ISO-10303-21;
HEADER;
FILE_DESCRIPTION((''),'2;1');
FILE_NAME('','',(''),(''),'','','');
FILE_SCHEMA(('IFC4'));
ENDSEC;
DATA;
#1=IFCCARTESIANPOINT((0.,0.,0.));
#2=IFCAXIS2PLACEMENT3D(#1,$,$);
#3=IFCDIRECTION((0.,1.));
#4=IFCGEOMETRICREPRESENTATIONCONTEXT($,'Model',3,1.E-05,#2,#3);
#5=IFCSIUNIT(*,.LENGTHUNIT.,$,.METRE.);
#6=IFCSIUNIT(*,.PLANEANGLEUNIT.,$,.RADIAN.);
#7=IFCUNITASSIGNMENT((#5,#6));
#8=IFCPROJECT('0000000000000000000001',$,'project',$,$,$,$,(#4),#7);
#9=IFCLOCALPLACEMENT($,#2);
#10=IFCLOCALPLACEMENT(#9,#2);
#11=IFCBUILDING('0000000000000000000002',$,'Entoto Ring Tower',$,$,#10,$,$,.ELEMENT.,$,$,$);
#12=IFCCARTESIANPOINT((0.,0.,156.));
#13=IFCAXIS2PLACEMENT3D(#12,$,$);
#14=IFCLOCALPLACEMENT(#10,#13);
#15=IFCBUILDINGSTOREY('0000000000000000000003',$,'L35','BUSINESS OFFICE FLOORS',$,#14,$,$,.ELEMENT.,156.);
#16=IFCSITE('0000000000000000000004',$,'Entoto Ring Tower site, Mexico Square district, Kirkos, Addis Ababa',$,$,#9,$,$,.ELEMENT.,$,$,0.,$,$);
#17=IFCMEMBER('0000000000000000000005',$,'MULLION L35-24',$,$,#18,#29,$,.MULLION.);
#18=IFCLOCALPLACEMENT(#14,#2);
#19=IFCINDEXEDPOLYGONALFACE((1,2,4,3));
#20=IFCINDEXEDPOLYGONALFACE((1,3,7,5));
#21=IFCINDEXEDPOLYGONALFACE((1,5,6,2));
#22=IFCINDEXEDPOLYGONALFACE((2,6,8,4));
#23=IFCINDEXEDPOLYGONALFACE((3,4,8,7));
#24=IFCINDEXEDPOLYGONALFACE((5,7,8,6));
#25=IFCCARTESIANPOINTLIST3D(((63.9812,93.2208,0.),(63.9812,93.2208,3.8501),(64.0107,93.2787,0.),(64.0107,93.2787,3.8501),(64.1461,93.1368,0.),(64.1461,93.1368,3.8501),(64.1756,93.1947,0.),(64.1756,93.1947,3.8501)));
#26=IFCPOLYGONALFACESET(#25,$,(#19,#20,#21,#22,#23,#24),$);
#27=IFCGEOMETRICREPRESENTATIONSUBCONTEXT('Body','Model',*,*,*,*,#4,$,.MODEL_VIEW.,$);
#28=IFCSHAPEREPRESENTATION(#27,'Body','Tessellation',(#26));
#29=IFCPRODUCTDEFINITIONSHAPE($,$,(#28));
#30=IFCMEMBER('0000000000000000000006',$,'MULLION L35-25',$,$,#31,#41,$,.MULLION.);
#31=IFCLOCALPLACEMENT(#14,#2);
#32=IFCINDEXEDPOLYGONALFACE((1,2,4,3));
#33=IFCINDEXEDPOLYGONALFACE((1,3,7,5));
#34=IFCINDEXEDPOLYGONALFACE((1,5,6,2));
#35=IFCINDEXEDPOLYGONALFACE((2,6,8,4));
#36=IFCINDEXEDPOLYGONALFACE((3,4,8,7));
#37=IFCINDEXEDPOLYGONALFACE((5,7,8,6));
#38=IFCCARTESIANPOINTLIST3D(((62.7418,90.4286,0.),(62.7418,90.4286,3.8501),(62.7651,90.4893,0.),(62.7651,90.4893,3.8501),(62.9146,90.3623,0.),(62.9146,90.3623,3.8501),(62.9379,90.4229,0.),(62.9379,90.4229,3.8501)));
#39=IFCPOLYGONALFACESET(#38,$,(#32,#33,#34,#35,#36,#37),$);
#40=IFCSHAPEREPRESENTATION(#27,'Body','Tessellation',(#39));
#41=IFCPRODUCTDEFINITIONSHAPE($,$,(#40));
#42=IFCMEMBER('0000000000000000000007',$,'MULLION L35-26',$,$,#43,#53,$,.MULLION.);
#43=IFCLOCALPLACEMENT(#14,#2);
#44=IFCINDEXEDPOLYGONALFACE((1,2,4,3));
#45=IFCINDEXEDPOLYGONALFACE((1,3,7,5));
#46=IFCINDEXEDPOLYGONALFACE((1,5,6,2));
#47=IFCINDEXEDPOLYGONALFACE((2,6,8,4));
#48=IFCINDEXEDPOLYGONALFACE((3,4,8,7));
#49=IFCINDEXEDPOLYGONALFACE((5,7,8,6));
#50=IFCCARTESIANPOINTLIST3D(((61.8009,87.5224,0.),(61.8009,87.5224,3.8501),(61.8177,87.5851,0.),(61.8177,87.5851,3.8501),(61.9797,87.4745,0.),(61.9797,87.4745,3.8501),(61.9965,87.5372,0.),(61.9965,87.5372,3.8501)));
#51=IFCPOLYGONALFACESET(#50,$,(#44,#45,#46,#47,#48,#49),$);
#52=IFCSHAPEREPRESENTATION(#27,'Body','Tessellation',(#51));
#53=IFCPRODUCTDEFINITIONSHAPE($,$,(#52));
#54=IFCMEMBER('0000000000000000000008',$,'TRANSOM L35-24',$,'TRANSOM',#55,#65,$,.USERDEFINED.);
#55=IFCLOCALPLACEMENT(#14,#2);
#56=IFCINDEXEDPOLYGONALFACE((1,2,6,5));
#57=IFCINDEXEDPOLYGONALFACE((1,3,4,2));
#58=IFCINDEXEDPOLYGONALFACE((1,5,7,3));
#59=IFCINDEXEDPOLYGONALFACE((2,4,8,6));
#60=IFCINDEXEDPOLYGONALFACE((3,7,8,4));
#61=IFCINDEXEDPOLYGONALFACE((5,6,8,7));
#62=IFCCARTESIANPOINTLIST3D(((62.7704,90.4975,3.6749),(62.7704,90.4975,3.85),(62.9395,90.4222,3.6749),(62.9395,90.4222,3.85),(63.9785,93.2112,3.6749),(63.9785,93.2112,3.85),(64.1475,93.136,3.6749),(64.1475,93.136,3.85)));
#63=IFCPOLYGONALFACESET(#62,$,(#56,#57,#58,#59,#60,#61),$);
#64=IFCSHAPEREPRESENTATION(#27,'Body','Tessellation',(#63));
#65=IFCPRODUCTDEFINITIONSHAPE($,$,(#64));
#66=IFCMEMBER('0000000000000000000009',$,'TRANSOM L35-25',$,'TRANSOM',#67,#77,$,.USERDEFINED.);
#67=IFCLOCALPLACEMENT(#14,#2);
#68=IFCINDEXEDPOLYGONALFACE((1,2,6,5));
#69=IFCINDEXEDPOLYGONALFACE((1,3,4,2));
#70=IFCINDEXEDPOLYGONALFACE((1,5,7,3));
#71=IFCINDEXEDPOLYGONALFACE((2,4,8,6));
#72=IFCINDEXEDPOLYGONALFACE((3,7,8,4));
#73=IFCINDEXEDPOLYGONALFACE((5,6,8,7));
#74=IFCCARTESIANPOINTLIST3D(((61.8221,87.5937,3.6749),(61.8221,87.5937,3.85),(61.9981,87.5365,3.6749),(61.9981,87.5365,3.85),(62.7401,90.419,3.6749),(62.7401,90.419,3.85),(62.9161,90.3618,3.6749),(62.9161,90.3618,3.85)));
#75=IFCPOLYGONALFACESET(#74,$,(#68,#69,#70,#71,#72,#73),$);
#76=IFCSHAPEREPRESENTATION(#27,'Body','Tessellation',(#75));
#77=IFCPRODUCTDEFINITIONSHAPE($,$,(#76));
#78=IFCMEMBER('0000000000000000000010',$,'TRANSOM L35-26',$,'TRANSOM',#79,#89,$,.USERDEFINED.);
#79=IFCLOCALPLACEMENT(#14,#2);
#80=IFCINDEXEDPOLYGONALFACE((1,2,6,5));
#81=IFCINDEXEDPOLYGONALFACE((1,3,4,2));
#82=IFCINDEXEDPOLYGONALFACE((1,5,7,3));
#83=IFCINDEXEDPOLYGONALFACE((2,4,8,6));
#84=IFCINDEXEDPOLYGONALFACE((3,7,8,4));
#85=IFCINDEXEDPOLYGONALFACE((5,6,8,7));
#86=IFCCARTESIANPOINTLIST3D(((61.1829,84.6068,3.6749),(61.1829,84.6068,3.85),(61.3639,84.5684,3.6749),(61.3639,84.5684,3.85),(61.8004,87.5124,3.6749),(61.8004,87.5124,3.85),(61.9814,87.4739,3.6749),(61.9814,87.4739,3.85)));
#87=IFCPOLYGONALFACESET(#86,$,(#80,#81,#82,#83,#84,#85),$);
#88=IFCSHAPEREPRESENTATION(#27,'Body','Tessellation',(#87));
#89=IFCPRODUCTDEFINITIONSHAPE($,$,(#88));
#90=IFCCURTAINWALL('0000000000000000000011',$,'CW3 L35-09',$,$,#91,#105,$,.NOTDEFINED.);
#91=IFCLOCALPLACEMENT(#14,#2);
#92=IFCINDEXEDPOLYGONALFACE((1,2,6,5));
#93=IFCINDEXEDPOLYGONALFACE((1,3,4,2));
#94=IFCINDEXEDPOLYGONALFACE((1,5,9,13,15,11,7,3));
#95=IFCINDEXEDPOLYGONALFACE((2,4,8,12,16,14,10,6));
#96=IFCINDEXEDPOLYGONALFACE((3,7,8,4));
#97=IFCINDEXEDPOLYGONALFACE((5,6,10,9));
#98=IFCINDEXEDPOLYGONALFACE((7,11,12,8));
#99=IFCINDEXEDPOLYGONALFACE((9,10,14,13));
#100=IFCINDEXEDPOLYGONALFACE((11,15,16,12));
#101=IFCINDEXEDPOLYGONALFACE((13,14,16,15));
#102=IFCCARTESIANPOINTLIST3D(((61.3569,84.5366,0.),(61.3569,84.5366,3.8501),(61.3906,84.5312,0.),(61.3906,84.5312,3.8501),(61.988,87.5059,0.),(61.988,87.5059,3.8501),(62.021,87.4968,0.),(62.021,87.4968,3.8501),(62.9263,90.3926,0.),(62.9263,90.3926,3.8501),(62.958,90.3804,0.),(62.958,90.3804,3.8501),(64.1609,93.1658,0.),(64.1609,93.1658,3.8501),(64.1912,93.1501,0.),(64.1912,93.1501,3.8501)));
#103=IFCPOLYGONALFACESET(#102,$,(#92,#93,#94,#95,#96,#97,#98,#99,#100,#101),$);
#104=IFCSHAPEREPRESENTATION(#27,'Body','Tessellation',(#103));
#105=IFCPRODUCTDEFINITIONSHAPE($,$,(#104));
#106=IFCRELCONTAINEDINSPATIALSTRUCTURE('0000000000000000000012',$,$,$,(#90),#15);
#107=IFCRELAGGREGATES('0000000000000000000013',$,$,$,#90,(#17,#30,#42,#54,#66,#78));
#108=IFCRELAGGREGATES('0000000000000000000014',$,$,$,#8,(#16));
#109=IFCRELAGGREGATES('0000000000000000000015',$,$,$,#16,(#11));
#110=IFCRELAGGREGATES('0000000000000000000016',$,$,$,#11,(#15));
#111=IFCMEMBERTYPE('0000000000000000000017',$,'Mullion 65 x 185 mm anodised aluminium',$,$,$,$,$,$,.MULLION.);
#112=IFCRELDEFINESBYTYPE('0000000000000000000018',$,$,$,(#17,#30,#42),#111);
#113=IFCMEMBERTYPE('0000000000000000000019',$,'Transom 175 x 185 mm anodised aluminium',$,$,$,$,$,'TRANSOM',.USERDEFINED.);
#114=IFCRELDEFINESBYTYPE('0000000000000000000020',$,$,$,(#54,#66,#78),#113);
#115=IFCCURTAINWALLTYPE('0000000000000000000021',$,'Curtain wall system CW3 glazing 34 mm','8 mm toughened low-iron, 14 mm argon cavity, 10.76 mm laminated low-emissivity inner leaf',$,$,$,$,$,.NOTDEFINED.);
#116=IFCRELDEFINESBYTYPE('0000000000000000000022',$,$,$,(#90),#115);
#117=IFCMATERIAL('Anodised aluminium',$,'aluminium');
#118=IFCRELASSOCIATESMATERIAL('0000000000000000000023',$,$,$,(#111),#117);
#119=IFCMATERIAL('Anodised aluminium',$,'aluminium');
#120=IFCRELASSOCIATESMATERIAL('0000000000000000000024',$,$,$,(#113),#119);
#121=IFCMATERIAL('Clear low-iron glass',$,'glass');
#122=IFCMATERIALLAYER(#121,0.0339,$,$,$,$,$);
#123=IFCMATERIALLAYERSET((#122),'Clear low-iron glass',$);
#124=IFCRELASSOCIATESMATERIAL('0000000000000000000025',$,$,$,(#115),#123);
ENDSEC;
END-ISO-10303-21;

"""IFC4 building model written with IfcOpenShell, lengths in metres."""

from ifc_helpers import new_model, si_unit, direction, frame, origin, origin_2d, place, context, subcontext, project, spatial, polyline, rectangle, outline, extrude, material, layer, layer_set, material_profile, profile_set, type_object, element, aggregate, save


model = new_model("IFC4")

# Units and contexts
model_context = context("Model", 3, precision=1e-05, world=origin(), true_north=direction((0.0, 1.0)))
body_context = subcontext(model_context, "Body", "Model", "MODEL_VIEW")
ifc_project = project(units=[si_unit("LENGTHUNIT", "METRE"), si_unit("PLANEANGLEUNIT", "RADIAN")], contexts=[model_context])

# Members
ifc_material_1 = material(Name="Anodised aluminium", Category="aluminium")
ifc_material_profile_1 = material_profile(ifc_material_1, rectangle(XDim=0.0649, YDim=0.1851, at=origin_2d()), Name="Mullion 65 x 185 mm anodised aluminium")
ifc_profile_set_1 = profile_set([ifc_material_profile_1], Name="Anodised aluminium")
member_type_1 = type_object("IfcMemberType", Name="Mullion 65 x 185 mm anodised aluminium", PredefinedType="MULLION", material=ifc_profile_set_1)
site_placement = place(None, origin())
building_placement = place(site_placement, origin())
storey_placement = place(building_placement, frame((0.0, 0.0, 156.0)))
member_1_placement = place(storey_placement, frame((64.0784, 93.2078, 0.0), z_axis=(0.0, 0.0, 1.0), x_axis=(-0.45399, -0.891007, 0.0)))
member_1 = element("IfcMember", 1, at=member_1_placement, type_object=member_type_1, Name="MULLION L35-24", PredefinedType="MULLION", context=body_context, shape_type="SweptSolid", body=[
    extrude(rectangle(XDim=0.0649, YDim=0.1851, at=origin_2d()), origin(), (0.0, 0.0, 1.0), 3.8501),
])
member_2_placement = place(storey_placement, frame((62.8398, 90.4258, 0.0), z_axis=(0.0, 0.0, 1.0), x_axis=(-0.358368, -0.93358, 0.0)))
member_2 = element("IfcMember", 2, at=member_2_placement, type_object=member_type_1, Name="MULLION L35-25", PredefinedType="MULLION", context=body_context, shape_type="SweptSolid", body=[
    extrude(rectangle(XDim=0.0649, YDim=0.1851, at=origin_2d()), origin(), (0.0, 0.0, 1.0), 3.8501),
])
member_3_placement = place(storey_placement, frame((61.8987, 87.5298, 0.0), z_axis=(0.0, 0.0, 1.0), x_axis=(-0.258819, -0.965926, 0.0)))
member_3 = element("IfcMember", 3, at=member_3_placement, type_object=member_type_1, Name="MULLION L35-26", PredefinedType="MULLION", context=body_context, shape_type="SweptSolid", body=[
    extrude(rectangle(XDim=0.0649, YDim=0.1851, at=origin_2d()), origin(), (0.0, 0.0, 1.0), 3.8501),
])
ifc_material_2 = material(Name="Anodised aluminium", Category="aluminium")
ifc_material_profile_2 = material_profile(ifc_material_2, rectangle(XDim=0.1851, YDim=0.175, at=origin_2d()), Name="Transom 175 x 185 mm anodised aluminium")
ifc_profile_set_2 = profile_set([ifc_material_profile_2], Name="Anodised aluminium")
member_type_2 = type_object("IfcMemberType", Name="Transom 175 x 185 mm anodised aluminium", ElementType="TRANSOM", PredefinedType="USERDEFINED", material=ifc_profile_set_2)
member_4_placement = place(storey_placement, frame((64.063, 93.1736, 3.7625), z_axis=(-0.406687, -0.913567, 0.0), x_axis=(0.913567, -0.406687, 0.0)))
member_4 = element("IfcMember", 4, at=member_4_placement, type_object=member_type_2, Name="TRANSOM L35-24", ObjectType="TRANSOM", PredefinedType="USERDEFINED", context=body_context, shape_type="SweptSolid", body=[
    extrude(rectangle(XDim=0.1851, YDim=0.175, at=origin_2d()), origin(), (0.0, 0.0, 1.0), 2.9705),
])
member_5_placement = place(storey_placement, frame((62.8281, 90.3904, 3.7625), z_axis=(-0.309019, -0.951056, 0.0), x_axis=(0.951056, -0.309019, 0.0)))
member_5 = element("IfcMember", 5, at=member_5_placement, type_object=member_type_2, Name="TRANSOM L35-25", ObjectType="TRANSOM", PredefinedType="USERDEFINED", context=body_context, shape_type="SweptSolid", body=[
    extrude(rectangle(XDim=0.1851, YDim=0.175, at=origin_2d()), origin(), (0.0, 0.0, 1.0), 2.9707),
])
member_6_placement = place(storey_placement, frame((61.8909, 87.4932, 3.7625), z_axis=(-0.207862, -0.978158, 0.0), x_axis=(0.978158, -0.207862, 0.0)))
member_6 = element("IfcMember", 6, at=member_6_placement, type_object=member_type_2, Name="TRANSOM L35-26", ObjectType="TRANSOM", PredefinedType="USERDEFINED", context=body_context, shape_type="SweptSolid", body=[
    extrude(rectangle(XDim=0.1851, YDim=0.175, at=origin_2d()), origin(), (0.0, 0.0, 1.0), 2.9705),
])

# Site, building, storey
site = spatial("IfcSite", under=ifc_project, at=site_placement, Name="Entoto Ring Tower site, Mexico Square district, Kirkos, Addis Ababa", CompositionType="ELEMENT", RefElevation=0.0)
building = spatial("IfcBuilding", under=site, at=building_placement, Name="Entoto Ring Tower", CompositionType="ELEMENT")
storey = spatial("IfcBuildingStorey", under=building, at=storey_placement, Name="L35", Description="BUSINESS OFFICE FLOORS", CompositionType="ELEMENT", Elevation=156.0)

# Curtain wall
ifc_material_3 = material(Name="Clear low-iron glass", Category="glass")
ifc_layer = layer(ifc_material_3, 0.0339)
ifc_layer_set = layer_set([ifc_layer], Name="Clear low-iron glass")
curtain_wall_type = type_object("IfcCurtainWallType", Name="Curtain wall system CW3 glazing 34 mm", Description="8 mm toughened low-iron, 14 mm argon cavity, 10.76 mm laminated low-emissivity inner leaf", PredefinedType="NOTDEFINED", material=ifc_layer_set)
curtain_wall_1_placement = place(storey_placement, origin())
curtain_wall_1 = element("IfcCurtainWall", 7, at=curtain_wall_1_placement, inside=storey, type_object=curtain_wall_type, Name="CW3 L35-09", PredefinedType="NOTDEFINED", context=body_context, shape_type="SweptSolid", body=[
    extrude(outline(polyline([(64.1609, 93.1658), (62.9263, 90.3926), (61.988, 87.5059), (61.3569, 84.5366), (61.3906, 84.5312), (62.021, 87.4968), (62.958, 90.3804), (64.1912, 93.1501), (64.1609, 93.1658)])), origin(), (0.0, 0.0, 1.0), 3.8501),
])
aggregate(curtain_wall_1, [member_1, member_2, member_3, member_4, member_5, member_6])

save(model, "model.ifc")
